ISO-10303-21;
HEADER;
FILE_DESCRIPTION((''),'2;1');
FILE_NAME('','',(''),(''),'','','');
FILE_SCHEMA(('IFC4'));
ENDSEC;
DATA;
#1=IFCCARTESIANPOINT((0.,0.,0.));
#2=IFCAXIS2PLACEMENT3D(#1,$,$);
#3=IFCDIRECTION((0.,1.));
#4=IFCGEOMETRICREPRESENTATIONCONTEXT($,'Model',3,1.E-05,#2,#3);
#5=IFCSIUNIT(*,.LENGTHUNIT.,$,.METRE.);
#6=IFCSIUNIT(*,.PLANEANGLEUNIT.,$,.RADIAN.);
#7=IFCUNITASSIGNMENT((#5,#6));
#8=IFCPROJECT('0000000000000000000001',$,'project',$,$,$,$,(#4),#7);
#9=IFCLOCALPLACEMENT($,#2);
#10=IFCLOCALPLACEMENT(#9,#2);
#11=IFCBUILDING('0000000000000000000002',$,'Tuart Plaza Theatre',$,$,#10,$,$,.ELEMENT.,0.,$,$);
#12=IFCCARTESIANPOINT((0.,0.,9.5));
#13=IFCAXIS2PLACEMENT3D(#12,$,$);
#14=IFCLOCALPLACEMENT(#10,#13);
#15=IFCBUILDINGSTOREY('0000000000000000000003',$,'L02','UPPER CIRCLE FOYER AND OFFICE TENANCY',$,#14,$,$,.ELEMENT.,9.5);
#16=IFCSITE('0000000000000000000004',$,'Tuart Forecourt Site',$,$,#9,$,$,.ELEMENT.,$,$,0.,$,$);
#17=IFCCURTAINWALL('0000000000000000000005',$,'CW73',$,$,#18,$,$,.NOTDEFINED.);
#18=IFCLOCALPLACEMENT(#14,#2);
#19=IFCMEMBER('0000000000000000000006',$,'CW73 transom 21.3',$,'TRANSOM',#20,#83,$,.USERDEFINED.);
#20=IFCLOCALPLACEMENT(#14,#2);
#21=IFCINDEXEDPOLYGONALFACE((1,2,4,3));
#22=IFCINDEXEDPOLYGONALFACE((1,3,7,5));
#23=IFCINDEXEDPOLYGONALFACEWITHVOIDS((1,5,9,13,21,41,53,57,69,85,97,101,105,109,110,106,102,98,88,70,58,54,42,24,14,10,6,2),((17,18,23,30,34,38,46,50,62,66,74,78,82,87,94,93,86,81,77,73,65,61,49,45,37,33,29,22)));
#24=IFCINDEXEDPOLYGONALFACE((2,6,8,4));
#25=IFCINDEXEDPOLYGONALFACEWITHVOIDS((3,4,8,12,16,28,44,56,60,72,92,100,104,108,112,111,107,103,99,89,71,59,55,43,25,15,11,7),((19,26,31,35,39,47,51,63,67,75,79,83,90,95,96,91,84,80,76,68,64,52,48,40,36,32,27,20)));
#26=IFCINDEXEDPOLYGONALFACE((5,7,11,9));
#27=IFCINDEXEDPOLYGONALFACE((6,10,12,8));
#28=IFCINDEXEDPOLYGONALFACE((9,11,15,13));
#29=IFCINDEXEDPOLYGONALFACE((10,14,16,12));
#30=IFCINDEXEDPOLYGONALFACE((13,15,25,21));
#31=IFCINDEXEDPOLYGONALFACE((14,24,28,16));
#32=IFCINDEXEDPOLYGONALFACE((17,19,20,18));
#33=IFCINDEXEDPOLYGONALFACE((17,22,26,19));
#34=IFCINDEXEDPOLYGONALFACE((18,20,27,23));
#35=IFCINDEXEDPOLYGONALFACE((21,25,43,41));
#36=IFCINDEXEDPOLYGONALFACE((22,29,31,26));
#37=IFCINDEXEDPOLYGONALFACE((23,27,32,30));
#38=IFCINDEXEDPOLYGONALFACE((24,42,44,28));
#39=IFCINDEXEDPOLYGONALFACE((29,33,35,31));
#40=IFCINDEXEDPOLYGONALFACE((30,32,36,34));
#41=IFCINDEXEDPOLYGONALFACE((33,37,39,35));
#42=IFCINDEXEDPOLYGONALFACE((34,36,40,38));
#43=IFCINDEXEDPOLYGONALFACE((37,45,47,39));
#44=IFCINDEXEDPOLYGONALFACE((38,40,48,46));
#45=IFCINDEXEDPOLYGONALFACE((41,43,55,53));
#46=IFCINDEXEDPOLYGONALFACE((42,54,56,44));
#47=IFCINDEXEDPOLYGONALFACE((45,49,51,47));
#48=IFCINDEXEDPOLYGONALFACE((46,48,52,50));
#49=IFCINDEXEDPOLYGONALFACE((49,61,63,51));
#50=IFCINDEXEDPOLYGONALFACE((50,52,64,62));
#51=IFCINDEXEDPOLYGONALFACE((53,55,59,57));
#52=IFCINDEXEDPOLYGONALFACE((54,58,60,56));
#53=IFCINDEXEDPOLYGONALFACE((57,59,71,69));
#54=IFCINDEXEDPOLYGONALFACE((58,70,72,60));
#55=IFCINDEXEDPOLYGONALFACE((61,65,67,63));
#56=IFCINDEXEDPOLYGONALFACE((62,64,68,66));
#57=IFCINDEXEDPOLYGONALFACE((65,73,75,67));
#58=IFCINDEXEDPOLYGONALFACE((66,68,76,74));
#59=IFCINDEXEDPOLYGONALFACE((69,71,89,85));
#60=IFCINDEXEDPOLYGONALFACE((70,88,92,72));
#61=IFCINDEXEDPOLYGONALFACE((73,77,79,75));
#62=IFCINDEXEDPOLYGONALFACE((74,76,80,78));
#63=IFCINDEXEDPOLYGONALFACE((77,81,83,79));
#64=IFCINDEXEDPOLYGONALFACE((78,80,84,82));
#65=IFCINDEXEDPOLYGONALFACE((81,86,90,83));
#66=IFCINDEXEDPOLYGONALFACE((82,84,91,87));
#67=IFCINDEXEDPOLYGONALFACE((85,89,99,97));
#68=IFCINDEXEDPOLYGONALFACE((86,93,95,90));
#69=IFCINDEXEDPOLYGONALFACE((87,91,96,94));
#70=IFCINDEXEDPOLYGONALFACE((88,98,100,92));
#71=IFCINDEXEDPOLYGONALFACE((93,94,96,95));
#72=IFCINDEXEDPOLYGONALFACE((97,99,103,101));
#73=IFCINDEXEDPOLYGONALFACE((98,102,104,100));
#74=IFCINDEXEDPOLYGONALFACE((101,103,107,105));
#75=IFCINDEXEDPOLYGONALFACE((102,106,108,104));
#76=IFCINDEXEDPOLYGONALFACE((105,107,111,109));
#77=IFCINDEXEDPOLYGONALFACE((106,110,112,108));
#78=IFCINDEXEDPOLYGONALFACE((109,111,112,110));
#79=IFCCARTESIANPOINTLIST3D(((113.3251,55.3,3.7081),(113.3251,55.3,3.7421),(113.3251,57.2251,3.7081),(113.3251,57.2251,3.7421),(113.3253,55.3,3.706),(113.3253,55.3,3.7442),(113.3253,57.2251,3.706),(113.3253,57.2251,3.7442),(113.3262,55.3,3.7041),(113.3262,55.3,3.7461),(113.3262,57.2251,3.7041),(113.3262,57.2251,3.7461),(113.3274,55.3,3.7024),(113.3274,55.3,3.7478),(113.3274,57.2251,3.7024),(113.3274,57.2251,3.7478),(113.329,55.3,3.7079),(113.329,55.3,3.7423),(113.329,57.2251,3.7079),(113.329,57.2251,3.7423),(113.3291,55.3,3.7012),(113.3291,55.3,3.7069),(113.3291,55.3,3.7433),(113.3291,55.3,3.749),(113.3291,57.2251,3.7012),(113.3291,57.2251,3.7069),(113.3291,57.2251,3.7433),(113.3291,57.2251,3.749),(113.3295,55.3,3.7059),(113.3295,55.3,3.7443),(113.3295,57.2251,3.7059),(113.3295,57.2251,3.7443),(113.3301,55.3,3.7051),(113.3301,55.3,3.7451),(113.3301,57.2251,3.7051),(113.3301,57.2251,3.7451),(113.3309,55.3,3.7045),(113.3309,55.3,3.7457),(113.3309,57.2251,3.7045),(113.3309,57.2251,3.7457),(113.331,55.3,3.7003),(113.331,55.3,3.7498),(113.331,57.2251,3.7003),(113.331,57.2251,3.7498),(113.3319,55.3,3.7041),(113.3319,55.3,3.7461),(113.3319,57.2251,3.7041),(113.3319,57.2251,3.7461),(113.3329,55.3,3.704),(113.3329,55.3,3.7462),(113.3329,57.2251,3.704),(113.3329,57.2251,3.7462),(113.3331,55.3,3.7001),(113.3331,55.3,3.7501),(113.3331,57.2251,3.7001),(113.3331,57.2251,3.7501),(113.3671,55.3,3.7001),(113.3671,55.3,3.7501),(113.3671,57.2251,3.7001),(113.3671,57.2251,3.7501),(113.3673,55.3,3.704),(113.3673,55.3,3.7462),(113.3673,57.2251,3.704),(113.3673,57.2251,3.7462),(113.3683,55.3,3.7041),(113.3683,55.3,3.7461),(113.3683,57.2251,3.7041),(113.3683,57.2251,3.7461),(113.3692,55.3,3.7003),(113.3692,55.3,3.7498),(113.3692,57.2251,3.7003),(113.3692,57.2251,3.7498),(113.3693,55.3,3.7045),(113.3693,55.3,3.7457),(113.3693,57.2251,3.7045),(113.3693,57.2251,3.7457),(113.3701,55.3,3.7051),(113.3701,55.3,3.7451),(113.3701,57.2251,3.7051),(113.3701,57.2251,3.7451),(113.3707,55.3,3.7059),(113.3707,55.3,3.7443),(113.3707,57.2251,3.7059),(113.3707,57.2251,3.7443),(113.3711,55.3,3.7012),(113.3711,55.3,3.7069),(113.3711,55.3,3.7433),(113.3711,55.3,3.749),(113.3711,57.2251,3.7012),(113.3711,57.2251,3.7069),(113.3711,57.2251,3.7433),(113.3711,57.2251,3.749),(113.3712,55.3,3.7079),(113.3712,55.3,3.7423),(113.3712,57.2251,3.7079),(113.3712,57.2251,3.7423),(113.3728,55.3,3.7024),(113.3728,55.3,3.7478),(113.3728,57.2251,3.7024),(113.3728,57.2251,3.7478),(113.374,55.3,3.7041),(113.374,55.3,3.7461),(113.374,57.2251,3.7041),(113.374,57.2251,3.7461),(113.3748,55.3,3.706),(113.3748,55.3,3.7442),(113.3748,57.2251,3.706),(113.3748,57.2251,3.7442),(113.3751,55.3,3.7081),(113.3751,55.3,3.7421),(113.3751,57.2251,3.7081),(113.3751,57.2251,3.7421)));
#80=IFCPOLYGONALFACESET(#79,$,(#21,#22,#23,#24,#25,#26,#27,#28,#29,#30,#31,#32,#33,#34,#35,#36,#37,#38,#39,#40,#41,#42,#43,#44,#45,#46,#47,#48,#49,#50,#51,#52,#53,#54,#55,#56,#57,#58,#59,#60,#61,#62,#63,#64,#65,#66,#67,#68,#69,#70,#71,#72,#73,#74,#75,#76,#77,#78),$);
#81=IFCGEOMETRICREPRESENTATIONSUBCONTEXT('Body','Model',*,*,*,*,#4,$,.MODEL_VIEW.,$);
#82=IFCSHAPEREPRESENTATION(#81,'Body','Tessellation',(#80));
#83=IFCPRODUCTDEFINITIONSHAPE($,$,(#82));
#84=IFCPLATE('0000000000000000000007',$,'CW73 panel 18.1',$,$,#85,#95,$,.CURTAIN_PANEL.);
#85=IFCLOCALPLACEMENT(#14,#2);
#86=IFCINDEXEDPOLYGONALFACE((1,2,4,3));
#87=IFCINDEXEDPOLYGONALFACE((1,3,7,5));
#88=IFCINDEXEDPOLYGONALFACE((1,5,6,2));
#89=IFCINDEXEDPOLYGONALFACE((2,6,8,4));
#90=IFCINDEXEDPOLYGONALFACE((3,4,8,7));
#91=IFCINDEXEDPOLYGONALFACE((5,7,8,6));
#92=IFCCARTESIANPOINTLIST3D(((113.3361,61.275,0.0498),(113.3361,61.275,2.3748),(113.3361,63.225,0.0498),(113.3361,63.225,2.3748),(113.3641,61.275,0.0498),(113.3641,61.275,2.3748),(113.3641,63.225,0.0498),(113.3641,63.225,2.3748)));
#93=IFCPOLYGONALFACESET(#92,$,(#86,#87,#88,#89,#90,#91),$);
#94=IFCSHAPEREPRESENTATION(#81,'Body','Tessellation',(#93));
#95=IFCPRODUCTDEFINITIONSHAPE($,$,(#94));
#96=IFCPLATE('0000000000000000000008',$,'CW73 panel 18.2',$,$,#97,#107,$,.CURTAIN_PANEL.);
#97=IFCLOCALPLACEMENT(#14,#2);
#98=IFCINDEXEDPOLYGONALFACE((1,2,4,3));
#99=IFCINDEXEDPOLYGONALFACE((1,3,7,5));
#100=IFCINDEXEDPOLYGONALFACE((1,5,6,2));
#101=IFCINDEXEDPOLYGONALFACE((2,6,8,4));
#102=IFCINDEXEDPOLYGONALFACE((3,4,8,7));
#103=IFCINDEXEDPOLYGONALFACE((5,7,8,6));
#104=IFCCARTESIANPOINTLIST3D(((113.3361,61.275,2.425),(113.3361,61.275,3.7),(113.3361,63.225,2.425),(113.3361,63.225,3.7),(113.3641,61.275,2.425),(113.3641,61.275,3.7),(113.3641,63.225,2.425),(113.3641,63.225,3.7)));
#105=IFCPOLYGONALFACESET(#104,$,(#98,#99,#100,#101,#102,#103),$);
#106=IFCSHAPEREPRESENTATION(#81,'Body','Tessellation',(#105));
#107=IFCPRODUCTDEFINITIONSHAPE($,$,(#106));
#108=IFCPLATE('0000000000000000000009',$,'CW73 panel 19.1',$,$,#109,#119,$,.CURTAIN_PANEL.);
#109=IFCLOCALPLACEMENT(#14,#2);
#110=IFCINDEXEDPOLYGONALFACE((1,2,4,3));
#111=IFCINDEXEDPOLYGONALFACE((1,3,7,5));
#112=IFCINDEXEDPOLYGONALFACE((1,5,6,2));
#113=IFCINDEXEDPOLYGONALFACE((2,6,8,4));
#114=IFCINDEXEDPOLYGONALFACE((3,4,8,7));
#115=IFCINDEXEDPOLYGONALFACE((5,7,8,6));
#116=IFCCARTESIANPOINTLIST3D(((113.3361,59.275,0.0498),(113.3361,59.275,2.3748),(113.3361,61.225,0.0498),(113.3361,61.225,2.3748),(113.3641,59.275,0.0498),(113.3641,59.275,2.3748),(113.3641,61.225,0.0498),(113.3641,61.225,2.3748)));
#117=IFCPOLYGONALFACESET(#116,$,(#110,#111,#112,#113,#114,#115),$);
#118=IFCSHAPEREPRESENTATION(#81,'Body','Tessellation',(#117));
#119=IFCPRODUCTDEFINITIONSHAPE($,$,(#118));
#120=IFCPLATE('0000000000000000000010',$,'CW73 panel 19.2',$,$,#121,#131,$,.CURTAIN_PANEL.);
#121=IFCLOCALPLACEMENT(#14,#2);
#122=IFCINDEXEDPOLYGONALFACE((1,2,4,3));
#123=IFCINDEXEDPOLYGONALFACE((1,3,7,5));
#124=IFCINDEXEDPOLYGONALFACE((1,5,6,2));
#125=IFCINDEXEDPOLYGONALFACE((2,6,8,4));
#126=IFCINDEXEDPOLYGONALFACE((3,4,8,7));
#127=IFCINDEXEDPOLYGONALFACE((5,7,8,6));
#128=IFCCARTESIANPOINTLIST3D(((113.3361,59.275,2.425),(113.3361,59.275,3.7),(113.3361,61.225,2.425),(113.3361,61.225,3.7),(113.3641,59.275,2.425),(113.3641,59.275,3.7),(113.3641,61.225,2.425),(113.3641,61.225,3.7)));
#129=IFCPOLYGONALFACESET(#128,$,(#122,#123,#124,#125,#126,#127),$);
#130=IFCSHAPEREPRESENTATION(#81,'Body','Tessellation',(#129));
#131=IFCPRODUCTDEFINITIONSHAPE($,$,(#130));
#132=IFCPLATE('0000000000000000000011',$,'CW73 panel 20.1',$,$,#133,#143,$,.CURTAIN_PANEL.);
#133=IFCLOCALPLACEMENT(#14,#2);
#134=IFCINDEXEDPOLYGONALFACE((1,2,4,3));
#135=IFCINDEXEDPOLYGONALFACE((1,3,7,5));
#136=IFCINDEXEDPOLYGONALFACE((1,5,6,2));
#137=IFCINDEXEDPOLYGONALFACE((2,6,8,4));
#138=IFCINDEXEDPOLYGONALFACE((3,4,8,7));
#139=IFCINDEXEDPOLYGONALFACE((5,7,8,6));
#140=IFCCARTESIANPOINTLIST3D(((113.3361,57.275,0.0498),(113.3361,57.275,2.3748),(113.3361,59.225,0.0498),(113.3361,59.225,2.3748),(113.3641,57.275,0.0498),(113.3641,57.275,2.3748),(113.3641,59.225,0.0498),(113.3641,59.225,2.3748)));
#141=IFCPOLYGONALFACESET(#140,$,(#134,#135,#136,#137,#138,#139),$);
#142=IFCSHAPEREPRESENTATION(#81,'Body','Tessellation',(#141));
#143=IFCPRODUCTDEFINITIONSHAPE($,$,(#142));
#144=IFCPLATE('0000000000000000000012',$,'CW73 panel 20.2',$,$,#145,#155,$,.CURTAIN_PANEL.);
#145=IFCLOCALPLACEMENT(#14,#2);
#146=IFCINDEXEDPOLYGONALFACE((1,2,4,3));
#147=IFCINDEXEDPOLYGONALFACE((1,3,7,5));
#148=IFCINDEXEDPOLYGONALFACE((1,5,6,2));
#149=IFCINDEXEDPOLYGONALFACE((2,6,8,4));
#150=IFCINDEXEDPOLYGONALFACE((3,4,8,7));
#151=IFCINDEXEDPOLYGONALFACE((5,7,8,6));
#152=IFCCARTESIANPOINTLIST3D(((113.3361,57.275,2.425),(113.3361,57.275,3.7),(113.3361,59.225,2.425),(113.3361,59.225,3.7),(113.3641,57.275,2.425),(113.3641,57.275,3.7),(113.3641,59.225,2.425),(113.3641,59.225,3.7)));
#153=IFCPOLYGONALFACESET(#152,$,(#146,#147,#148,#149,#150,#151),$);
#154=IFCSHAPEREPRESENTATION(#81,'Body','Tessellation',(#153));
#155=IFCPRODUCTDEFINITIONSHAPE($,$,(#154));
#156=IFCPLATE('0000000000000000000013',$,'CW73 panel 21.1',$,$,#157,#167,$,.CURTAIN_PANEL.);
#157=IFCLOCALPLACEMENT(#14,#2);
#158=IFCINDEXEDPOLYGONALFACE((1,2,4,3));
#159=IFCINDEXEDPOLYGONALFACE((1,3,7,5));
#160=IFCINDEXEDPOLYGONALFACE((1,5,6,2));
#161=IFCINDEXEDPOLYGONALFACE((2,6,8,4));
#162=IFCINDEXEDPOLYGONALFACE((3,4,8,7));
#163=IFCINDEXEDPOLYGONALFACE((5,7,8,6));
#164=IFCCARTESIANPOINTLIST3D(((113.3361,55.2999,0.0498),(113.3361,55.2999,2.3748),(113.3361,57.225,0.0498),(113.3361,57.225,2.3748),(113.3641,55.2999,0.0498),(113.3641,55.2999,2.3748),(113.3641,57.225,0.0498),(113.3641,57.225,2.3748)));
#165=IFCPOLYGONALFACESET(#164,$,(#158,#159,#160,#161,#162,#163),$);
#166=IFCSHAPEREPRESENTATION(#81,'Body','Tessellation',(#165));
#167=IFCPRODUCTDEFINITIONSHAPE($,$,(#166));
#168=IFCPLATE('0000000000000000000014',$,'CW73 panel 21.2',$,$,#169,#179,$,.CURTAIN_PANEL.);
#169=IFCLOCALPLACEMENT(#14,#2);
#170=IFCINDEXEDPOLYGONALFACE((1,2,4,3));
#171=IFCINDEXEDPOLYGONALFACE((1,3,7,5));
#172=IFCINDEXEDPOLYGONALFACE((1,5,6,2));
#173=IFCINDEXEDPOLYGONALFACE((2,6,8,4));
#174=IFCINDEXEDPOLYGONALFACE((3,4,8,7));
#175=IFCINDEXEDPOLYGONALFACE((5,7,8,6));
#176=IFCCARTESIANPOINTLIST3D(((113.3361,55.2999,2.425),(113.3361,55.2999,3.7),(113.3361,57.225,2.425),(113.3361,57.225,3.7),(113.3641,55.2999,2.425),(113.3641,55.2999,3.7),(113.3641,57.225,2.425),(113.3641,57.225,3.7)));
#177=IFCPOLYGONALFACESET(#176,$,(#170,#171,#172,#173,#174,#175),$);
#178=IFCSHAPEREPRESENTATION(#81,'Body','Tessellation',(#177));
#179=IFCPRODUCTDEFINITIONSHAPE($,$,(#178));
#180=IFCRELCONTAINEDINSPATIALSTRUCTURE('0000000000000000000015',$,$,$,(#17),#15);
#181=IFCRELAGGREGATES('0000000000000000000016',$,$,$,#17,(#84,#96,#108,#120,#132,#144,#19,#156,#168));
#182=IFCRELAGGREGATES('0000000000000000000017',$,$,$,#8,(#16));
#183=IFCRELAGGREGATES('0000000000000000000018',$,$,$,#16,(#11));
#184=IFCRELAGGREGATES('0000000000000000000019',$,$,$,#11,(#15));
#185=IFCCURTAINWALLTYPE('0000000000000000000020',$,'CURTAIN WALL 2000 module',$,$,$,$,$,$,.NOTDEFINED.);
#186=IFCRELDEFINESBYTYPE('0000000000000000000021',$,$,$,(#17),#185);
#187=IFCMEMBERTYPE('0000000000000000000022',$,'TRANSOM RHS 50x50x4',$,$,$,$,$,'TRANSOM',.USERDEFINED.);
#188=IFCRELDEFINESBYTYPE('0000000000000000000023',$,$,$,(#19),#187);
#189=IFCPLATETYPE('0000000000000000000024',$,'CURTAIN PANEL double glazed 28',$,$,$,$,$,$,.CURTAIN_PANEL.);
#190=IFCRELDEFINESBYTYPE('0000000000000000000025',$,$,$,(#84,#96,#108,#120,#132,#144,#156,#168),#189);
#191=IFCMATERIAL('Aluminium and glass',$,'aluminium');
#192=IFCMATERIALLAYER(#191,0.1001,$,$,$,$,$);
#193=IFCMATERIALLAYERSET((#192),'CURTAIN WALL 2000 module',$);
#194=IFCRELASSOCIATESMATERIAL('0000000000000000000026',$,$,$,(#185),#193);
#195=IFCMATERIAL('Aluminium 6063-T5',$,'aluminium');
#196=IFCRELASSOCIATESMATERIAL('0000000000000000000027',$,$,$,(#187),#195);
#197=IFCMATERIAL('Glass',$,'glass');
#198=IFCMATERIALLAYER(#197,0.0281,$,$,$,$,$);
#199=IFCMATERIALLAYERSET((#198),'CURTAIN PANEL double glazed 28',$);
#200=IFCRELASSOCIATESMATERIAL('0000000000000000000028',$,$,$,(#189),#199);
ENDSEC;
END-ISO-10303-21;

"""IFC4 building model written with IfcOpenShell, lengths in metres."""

from ifc_helpers import new_model, si_unit, direction, frame, origin, origin_2d, place, context, subcontext, project, spatial, rectangle, hollow_rectangle, extrude, material, layer, layer_set, material_profile, profile_set, type_object, element, aggregate, save


model = new_model("IFC4")

# Units and contexts
model_context = context("Model", 3, precision=1e-05, world=origin(), true_north=direction((0.0, 1.0)))
body_context = subcontext(model_context, "Body", "Model", "MODEL_VIEW")
ifc_project = project(units=[si_unit("LENGTHUNIT", "METRE"), si_unit("PLANEANGLEUNIT", "RADIAN")], contexts=[model_context])

# Site, building, storey
site_placement = place(None, origin())
site = spatial("IfcSite", under=ifc_project, at=site_placement, Name="Tuart Forecourt Site", CompositionType="ELEMENT", RefElevation=0.0)
building_placement = place(site_placement, origin())
building = spatial("IfcBuilding", under=site, at=building_placement, Name="Tuart Plaza Theatre", CompositionType="ELEMENT", ElevationOfRefHeight=0.0)
storey_placement = place(building_placement, frame((0.0, 0.0, 9.5)))
storey = spatial("IfcBuildingStorey", under=building, at=storey_placement, Name="L02", Description="UPPER CIRCLE FOYER AND OFFICE TENANCY", CompositionType="ELEMENT", Elevation=9.5)

# Curtain wall, member, plates
ifc_material_1 = material(Name="Aluminium and glass", Category="aluminium")
ifc_layer_1 = layer(ifc_material_1, 0.1001)
ifc_layer_set_1 = layer_set([ifc_layer_1], Name="CURTAIN WALL 2000 module")
curtain_wall_type = type_object("IfcCurtainWallType", Name="CURTAIN WALL 2000 module", PredefinedType="NOTDEFINED", material=ifc_layer_set_1)
curtain_wall_placement = place(storey_placement, origin())
curtain_wall = element("IfcCurtainWall", 1, at=curtain_wall_placement, inside=storey, type_object=curtain_wall_type, Name="CW73", PredefinedType="NOTDEFINED")
ifc_material_2 = material(Name="Aluminium 6063-T5", Category="aluminium")
ifc_material_profile_1 = material_profile(ifc_material_2, hollow_rectangle(XDim=0.05, YDim=0.05, WallThickness=0.0039, InnerFilletRadius=0.0039, OuterFilletRadius=0.0081, at=origin_2d()), Name="RHS 50x50x4")
ifc_profile_set_1 = profile_set([ifc_material_profile_1], Name="Aluminium 6063-T5")
member_type_1 = type_object("IfcMemberType", Name="TRANSOM RHS 50x50x4", ElementType="TRANSOM", PredefinedType="USERDEFINED", material=ifc_profile_set_1)
member_1_placement = place(storey_placement, frame((113.3501, 57.2251, 3.7251), z_axis=(0.0, -1.0, 0.0), x_axis=(1.0, 0.0, 0.0)))
member_1 = element("IfcMember", 2, at=member_1_placement, type_object=member_type_1, Name="CW73 transom 21.3", ObjectType="TRANSOM", PredefinedType="USERDEFINED", context=body_context, shape_type="SweptSolid", body=[
    extrude(hollow_rectangle(XDim=0.05, YDim=0.05, WallThickness=0.0039, InnerFilletRadius=0.0039, OuterFilletRadius=0.0081, at=origin_2d()), origin(), (0.0, 0.0, 1.0), 1.925),
])
ifc_material_3 = material(Name="Glass", Category="glass")
ifc_layer_2 = layer(ifc_material_3, 0.0281)
ifc_layer_set_2 = layer_set([ifc_layer_2], Name="CURTAIN PANEL double glazed 28")
plate_type = type_object("IfcPlateType", Name="CURTAIN PANEL double glazed 28", PredefinedType="CURTAIN_PANEL", material=ifc_layer_set_2)
plate_1_placement = place(storey_placement, frame((113.3501, 62.25, 0.0498), z_axis=(0.0, 0.0, 1.0), x_axis=(0.0, -1.0, 0.0)))
plate_1 = element("IfcPlate", 3, at=plate_1_placement, type_object=plate_type, Name="CW73 panel 18.1", PredefinedType="CURTAIN_PANEL", context=body_context, shape_type="SweptSolid", body=[
    extrude(rectangle(XDim=1.95, YDim=0.0281, at=origin_2d()), origin(), (0.0, 0.0, 1.0), 2.325),
])
plate_2_placement = place(storey_placement, frame((113.3501, 62.25, 2.425), z_axis=(0.0, 0.0, 1.0), x_axis=(0.0, -1.0, 0.0)))
plate_2 = element("IfcPlate", 4, at=plate_2_placement, type_object=plate_type, Name="CW73 panel 18.2", PredefinedType="CURTAIN_PANEL", context=body_context, shape_type="SweptSolid", body=[
    extrude(rectangle(XDim=1.95, YDim=0.0281, at=origin_2d()), origin(), (0.0, 0.0, 1.0), 1.2749),
])
plate_3_placement = place(storey_placement, frame((113.3501, 60.25, 0.0498), z_axis=(0.0, 0.0, 1.0), x_axis=(0.0, -1.0, 0.0)))
plate_3 = element("IfcPlate", 5, at=plate_3_placement, type_object=plate_type, Name="CW73 panel 19.1", PredefinedType="CURTAIN_PANEL", context=body_context, shape_type="SweptSolid", body=[
    extrude(rectangle(XDim=1.95, YDim=0.0281, at=origin_2d()), origin(), (0.0, 0.0, 1.0), 2.325),
])
plate_4_placement = place(storey_placement, frame((113.3501, 60.25, 2.425), z_axis=(0.0, 0.0, 1.0), x_axis=(0.0, -1.0, 0.0)))
plate_4 = element("IfcPlate", 6, at=plate_4_placement, type_object=plate_type, Name="CW73 panel 19.2", PredefinedType="CURTAIN_PANEL", context=body_context, shape_type="SweptSolid", body=[
    extrude(rectangle(XDim=1.95, YDim=0.0281, at=origin_2d()), origin(), (0.0, 0.0, 1.0), 1.2749),
])
plate_5_placement = place(storey_placement, frame((113.3501, 58.25, 0.0498), z_axis=(0.0, 0.0, 1.0), x_axis=(0.0, -1.0, 0.0)))
plate_5 = element("IfcPlate", 7, at=plate_5_placement, type_object=plate_type, Name="CW73 panel 20.1", PredefinedType="CURTAIN_PANEL", context=body_context, shape_type="SweptSolid", body=[
    extrude(rectangle(XDim=1.95, YDim=0.0281, at=origin_2d()), origin(), (0.0, 0.0, 1.0), 2.325),
])
plate_6_placement = place(storey_placement, frame((113.3501, 58.25, 2.425), z_axis=(0.0, 0.0, 1.0), x_axis=(0.0, -1.0, 0.0)))
plate_6 = element("IfcPlate", 8, at=plate_6_placement, type_object=plate_type, Name="CW73 panel 20.2", PredefinedType="CURTAIN_PANEL", context=body_context, shape_type="SweptSolid", body=[
    extrude(rectangle(XDim=1.95, YDim=0.0281, at=origin_2d()), origin(), (0.0, 0.0, 1.0), 1.2749),
])
plate_7_placement = place(storey_placement, frame((113.3501, 56.2625, 0.0498), z_axis=(0.0, 0.0, 1.0), x_axis=(0.0, -1.0, 0.0)))
plate_7 = element("IfcPlate", 9, at=plate_7_placement, type_object=plate_type, Name="CW73 panel 21.1", PredefinedType="CURTAIN_PANEL", context=body_context, shape_type="SweptSolid", body=[
    extrude(rectangle(XDim=1.925, YDim=0.0281, at=origin_2d()), origin(), (0.0, 0.0, 1.0), 2.325),
])
plate_8_placement = place(storey_placement, frame((113.3501, 56.2625, 2.425), z_axis=(0.0, 0.0, 1.0), x_axis=(0.0, -1.0, 0.0)))
plate_8 = element("IfcPlate", 10, at=plate_8_placement, type_object=plate_type, Name="CW73 panel 21.2", PredefinedType="CURTAIN_PANEL", context=body_context, shape_type="SweptSolid", body=[
    extrude(rectangle(XDim=1.925, YDim=0.0281, at=origin_2d()), origin(), (0.0, 0.0, 1.0), 1.2749),
])
aggregate(curtain_wall, [plate_1, plate_2, plate_3, plate_4, plate_5, plate_6, member_1, plate_7, plate_8])

save(model, "model.ifc")
